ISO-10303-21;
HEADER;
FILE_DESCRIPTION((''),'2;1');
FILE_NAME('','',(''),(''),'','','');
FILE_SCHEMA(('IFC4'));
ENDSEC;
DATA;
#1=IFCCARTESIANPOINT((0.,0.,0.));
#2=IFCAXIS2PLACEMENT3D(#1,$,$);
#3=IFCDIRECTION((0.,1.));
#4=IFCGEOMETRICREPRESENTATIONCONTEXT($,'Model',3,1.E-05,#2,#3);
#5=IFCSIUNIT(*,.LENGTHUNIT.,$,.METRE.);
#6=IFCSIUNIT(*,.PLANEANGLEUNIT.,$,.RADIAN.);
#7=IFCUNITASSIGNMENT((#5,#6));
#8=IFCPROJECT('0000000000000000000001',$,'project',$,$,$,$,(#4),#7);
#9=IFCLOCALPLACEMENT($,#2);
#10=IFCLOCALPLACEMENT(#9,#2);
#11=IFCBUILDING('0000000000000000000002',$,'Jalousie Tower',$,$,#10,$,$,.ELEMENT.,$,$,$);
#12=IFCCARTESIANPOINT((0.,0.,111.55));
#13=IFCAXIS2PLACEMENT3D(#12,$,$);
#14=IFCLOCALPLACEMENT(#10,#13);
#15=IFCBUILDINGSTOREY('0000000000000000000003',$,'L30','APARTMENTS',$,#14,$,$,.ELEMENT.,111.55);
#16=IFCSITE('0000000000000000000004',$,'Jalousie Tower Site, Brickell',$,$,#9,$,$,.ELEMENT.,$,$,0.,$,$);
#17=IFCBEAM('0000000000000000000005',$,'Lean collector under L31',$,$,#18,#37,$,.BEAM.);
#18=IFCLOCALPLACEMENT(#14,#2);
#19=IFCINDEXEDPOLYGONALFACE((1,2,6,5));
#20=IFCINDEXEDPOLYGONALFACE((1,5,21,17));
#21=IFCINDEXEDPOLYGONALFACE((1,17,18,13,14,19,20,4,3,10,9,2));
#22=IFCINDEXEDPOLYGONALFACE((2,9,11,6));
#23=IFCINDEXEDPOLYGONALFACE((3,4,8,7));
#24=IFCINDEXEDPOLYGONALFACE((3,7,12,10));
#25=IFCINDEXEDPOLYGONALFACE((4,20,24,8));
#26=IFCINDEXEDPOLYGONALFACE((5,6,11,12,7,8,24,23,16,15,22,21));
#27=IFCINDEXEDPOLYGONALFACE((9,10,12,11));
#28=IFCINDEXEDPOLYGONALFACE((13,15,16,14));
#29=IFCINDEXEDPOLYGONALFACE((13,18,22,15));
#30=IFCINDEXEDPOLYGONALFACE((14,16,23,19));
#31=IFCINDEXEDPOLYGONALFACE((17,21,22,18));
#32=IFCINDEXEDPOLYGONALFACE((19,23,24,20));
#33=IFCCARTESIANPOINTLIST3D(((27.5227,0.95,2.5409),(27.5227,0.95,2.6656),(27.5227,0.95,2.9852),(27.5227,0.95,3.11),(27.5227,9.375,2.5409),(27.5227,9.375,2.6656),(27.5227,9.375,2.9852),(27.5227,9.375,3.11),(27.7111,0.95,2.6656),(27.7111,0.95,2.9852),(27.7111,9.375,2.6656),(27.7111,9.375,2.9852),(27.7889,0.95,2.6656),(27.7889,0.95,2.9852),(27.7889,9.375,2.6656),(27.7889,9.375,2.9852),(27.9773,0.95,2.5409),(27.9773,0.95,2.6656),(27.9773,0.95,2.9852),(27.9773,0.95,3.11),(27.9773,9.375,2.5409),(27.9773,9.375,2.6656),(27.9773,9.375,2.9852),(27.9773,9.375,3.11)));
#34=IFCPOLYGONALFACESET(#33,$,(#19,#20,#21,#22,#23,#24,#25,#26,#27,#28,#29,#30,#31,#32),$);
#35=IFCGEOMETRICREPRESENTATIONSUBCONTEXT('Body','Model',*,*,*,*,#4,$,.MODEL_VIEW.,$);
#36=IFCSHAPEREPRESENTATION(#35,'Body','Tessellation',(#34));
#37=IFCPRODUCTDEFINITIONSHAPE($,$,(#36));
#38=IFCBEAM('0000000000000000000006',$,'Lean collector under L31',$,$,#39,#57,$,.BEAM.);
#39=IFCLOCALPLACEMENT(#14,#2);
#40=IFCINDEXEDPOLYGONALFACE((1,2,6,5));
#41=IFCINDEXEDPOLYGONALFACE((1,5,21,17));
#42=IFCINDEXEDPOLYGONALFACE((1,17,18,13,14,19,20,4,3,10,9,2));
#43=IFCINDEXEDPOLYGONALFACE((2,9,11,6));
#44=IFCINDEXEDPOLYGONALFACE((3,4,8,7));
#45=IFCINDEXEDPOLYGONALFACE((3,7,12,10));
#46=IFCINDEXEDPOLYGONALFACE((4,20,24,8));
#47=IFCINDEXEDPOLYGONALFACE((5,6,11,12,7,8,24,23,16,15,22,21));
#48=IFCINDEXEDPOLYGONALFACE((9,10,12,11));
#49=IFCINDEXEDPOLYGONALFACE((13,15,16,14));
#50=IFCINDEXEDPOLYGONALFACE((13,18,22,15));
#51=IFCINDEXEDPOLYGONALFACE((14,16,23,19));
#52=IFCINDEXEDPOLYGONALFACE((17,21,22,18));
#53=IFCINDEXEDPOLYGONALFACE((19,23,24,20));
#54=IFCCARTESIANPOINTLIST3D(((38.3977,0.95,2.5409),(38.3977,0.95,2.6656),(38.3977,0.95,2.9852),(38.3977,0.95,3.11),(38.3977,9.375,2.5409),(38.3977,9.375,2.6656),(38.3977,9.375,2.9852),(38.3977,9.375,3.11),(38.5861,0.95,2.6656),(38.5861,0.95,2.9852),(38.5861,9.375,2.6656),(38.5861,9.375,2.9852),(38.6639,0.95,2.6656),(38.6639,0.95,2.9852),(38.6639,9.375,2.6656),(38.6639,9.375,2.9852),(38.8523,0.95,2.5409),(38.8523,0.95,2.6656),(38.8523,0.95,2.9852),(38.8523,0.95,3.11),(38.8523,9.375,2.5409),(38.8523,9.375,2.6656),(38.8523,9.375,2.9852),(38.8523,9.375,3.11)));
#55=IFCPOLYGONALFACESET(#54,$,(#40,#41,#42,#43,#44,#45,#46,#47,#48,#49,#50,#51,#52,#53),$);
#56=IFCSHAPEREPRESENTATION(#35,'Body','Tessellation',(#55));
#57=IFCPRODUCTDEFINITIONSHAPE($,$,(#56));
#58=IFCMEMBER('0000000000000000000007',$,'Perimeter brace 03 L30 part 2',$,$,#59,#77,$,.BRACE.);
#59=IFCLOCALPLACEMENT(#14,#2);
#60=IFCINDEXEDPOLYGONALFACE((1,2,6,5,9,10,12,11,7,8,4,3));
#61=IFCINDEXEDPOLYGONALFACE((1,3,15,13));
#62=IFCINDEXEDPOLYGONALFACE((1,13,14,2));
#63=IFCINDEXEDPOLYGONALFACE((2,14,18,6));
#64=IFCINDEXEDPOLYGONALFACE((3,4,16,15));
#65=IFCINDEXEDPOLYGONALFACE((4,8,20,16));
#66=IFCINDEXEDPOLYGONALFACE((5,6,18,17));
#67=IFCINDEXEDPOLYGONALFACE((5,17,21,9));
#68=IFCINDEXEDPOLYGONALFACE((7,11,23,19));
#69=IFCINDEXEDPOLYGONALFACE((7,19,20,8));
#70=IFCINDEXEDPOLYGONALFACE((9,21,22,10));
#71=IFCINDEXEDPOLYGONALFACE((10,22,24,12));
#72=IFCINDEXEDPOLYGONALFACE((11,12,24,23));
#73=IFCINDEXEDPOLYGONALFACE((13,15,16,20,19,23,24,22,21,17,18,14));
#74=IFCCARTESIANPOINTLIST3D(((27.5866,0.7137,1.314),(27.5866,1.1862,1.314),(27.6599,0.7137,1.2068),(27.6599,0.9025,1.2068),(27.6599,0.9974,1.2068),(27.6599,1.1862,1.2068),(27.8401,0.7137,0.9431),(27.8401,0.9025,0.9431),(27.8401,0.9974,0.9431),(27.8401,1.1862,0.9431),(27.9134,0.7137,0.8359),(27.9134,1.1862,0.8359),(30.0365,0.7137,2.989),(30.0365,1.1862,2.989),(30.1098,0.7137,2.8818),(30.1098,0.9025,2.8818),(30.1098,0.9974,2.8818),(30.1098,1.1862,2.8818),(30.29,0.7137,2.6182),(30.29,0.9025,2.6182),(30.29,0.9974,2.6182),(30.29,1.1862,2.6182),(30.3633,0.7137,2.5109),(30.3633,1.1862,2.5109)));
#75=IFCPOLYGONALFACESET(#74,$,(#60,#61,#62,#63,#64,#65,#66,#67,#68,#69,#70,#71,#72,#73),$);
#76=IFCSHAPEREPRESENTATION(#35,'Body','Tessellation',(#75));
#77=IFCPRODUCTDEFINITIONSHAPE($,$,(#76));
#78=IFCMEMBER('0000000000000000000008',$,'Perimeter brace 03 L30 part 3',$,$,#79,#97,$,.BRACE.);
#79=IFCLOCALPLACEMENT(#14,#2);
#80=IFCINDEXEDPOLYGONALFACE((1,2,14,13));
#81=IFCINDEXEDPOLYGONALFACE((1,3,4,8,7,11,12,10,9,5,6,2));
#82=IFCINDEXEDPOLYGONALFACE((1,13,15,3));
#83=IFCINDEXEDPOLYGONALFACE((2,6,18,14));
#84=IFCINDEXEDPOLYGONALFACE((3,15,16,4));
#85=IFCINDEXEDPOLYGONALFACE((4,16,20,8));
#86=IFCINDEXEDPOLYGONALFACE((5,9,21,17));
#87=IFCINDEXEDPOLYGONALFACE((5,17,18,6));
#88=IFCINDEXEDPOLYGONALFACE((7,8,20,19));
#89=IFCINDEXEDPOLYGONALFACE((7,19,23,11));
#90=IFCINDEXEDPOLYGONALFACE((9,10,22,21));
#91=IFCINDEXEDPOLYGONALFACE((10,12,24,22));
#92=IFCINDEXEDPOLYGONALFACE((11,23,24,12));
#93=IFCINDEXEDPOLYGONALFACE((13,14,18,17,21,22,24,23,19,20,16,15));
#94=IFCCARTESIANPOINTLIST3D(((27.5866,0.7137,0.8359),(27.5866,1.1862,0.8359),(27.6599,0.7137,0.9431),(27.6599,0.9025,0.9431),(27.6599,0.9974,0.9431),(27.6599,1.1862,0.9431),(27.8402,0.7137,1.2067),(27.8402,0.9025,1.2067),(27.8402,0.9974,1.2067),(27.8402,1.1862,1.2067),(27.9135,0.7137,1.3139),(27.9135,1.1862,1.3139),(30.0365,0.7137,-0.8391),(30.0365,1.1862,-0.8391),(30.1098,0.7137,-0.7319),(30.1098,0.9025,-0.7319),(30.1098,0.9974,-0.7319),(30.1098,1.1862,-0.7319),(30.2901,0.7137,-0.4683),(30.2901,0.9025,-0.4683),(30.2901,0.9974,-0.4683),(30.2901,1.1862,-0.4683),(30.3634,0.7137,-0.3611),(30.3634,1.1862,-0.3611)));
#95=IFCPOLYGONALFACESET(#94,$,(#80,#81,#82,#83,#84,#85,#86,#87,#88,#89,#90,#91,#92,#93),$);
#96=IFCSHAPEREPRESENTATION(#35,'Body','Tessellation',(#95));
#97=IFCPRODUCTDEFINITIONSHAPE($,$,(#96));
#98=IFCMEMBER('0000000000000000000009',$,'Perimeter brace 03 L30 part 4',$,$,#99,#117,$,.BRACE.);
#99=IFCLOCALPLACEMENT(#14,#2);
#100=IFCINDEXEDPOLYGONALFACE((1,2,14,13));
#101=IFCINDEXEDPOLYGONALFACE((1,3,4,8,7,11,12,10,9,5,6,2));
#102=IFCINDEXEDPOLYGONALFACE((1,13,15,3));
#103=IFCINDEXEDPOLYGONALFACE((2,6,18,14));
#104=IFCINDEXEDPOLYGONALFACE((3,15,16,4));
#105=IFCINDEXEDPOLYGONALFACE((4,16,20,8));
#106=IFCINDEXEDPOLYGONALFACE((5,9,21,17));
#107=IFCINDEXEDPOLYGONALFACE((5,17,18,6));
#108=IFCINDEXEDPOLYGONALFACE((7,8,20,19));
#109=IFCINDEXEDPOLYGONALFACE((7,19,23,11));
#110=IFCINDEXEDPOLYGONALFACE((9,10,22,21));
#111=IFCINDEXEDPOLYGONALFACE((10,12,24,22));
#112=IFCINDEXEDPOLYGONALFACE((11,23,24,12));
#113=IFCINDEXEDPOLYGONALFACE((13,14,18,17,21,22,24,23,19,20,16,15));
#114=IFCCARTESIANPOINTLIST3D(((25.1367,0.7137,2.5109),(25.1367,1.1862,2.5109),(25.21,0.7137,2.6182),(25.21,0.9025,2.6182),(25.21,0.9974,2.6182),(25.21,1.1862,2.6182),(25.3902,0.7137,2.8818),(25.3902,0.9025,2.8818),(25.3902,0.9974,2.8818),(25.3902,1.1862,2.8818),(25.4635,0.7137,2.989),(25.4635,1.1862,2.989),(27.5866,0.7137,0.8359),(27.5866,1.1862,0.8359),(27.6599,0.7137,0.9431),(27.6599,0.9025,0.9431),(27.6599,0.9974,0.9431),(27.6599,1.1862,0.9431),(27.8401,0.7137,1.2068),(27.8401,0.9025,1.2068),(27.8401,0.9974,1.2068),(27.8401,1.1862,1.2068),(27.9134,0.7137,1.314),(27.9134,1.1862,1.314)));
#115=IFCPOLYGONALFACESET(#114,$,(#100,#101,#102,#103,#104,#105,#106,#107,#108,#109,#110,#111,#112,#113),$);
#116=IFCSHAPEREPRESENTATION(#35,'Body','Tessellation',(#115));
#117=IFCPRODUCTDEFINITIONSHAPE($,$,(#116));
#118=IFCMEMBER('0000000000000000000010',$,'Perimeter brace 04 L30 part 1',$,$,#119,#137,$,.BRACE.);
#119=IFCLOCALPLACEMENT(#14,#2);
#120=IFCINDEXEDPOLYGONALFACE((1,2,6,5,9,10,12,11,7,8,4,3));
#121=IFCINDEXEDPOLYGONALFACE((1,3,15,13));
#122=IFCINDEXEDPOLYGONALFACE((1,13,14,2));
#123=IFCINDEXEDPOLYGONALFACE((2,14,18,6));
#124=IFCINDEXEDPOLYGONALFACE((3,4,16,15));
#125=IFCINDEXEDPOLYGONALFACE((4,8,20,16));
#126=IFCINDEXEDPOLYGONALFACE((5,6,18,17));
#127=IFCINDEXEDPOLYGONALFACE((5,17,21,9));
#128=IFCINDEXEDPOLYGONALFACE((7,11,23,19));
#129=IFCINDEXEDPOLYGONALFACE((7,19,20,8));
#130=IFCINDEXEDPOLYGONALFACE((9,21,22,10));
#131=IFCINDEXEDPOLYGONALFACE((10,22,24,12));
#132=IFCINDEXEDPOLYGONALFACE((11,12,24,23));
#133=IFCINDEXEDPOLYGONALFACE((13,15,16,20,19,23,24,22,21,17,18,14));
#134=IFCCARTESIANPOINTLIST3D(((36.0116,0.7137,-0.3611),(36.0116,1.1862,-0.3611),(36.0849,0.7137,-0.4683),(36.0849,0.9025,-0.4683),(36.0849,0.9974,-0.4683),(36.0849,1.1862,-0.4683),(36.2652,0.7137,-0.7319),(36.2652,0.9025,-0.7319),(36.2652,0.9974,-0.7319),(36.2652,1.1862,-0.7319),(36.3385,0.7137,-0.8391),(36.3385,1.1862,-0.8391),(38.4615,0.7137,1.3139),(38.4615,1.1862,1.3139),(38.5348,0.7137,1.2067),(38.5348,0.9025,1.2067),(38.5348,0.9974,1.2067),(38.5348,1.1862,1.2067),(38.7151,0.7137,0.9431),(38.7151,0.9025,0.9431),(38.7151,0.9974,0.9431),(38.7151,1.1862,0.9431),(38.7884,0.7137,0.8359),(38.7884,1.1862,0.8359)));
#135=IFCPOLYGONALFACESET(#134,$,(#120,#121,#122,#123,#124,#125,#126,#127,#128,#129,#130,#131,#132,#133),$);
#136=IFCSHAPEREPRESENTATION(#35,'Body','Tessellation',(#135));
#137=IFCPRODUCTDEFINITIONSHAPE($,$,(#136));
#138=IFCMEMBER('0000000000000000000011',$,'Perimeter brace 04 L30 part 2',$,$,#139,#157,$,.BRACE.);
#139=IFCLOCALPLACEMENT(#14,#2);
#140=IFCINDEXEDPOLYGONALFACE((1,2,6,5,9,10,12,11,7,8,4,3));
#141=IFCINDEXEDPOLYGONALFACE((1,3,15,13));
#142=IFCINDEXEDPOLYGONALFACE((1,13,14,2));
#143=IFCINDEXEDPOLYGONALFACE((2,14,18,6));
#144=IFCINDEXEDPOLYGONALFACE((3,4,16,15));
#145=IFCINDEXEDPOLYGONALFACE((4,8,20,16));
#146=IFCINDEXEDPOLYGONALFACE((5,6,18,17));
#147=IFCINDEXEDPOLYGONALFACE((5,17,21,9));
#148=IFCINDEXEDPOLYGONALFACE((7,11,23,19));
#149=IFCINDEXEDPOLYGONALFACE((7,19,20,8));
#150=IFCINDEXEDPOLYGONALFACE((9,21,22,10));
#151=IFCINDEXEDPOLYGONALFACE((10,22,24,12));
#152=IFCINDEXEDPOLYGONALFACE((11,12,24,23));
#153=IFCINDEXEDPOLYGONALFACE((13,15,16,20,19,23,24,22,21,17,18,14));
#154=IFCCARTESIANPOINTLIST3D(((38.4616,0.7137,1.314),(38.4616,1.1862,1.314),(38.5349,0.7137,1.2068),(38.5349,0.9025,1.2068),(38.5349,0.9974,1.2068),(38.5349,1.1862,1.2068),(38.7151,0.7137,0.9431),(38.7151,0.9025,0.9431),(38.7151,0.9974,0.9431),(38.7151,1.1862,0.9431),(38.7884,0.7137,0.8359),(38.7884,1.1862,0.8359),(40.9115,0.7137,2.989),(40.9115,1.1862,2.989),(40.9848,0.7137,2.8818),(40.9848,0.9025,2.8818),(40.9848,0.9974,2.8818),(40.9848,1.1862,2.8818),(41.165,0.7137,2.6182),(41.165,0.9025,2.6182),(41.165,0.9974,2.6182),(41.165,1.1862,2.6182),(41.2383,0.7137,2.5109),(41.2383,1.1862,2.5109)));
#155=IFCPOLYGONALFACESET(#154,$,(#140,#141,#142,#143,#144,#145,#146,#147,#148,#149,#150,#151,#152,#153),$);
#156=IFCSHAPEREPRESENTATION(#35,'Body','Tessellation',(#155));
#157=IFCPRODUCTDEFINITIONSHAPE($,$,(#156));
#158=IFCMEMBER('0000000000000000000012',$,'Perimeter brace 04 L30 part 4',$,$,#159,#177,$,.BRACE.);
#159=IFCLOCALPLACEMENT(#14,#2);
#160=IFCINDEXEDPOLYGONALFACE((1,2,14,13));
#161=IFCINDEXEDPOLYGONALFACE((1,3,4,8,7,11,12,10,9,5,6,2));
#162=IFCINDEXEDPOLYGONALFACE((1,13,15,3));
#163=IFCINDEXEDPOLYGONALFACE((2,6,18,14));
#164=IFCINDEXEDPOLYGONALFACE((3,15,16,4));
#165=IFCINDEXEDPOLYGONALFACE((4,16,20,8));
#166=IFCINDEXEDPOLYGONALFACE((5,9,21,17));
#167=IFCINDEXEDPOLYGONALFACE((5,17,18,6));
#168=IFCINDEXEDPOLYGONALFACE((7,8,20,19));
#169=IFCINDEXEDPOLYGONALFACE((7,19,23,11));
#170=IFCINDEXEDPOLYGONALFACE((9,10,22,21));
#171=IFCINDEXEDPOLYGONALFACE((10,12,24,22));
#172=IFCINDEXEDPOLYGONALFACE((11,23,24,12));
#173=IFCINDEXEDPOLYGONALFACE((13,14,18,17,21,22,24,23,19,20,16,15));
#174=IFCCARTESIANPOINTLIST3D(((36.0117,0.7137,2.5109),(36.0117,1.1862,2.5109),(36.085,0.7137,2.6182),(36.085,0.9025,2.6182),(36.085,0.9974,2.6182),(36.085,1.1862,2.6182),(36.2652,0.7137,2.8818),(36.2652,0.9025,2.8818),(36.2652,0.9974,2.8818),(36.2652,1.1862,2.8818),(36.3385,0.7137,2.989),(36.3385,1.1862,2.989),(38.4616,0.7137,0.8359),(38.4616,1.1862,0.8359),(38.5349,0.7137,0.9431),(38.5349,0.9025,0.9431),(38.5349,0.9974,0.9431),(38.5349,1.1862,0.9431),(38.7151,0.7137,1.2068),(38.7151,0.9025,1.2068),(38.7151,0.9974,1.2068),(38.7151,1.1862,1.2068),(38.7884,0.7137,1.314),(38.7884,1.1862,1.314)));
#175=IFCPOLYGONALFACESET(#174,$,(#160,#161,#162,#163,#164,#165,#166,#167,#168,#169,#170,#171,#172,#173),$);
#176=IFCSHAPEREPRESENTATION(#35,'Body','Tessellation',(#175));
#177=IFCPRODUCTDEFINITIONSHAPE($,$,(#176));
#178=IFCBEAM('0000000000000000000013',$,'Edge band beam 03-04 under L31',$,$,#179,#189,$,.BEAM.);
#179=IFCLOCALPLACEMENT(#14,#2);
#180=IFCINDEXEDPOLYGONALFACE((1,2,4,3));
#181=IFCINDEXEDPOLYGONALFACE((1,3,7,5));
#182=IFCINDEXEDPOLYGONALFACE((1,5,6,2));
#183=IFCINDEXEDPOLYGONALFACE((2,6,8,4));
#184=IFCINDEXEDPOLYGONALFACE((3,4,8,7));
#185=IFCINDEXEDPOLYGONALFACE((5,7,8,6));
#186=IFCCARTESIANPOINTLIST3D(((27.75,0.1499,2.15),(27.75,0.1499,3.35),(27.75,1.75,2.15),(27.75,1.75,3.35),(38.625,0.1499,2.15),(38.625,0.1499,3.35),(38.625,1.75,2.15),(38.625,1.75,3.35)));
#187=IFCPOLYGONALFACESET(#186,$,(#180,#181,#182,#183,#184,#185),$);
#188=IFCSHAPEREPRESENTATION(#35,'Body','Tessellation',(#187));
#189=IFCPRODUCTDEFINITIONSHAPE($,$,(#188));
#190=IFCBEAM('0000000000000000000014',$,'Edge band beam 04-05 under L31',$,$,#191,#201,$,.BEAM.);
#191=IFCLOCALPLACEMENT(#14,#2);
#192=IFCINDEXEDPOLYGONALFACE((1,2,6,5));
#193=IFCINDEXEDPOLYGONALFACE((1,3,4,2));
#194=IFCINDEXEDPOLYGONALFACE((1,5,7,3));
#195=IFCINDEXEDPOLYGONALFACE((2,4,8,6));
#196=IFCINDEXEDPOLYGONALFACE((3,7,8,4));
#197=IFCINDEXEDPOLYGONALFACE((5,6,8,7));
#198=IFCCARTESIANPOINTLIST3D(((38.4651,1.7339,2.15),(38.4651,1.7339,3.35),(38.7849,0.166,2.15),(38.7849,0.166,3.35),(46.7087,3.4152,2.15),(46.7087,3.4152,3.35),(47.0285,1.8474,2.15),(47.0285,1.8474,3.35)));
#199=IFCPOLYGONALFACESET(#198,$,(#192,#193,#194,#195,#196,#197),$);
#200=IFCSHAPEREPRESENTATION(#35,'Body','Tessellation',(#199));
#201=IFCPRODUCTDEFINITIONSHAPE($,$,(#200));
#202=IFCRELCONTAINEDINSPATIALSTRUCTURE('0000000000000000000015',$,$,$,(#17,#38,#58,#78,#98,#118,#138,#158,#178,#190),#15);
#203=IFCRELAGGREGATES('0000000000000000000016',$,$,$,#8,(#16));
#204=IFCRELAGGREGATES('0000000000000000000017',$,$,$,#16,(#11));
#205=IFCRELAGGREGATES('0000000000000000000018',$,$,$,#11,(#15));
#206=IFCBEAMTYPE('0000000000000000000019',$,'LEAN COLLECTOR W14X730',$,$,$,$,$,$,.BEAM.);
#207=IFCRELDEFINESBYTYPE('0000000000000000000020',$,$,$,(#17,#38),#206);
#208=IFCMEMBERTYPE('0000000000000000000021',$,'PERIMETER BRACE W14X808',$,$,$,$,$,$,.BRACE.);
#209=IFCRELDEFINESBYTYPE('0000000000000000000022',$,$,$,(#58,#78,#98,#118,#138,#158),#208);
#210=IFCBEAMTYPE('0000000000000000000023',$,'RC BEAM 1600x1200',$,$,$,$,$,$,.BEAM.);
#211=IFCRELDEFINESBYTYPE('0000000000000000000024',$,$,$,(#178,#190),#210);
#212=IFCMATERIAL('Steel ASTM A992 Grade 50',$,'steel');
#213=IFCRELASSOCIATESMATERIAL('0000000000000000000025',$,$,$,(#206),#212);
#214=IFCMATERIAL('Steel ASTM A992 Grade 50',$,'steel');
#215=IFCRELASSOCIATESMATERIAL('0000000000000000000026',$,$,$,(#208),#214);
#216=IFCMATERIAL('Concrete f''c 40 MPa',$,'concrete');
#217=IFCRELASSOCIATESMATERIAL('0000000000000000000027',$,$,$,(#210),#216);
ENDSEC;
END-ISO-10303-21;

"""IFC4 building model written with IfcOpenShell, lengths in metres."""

from ifc_helpers import new_model, si_unit, direction, frame, origin, origin_2d, place, context, subcontext, project, spatial, rectangle, i_section, extrude, material, material_profile, profile_set, type_object, element, save


model = new_model("IFC4")

# Units and contexts
model_context = context("Model", 3, precision=1e-05, world=origin(), true_north=direction((0.0, 1.0)))
body_context = subcontext(model_context, "Body", "Model", "MODEL_VIEW")
ifc_project = project(units=[si_unit("LENGTHUNIT", "METRE"), si_unit("PLANEANGLEUNIT", "RADIAN")], contexts=[model_context])

# Site, building, storey
site_placement = place(None, origin())
site = spatial("IfcSite", under=ifc_project, at=site_placement, Name="Jalousie Tower Site, Brickell", CompositionType="ELEMENT", RefElevation=0.0)
building_placement = place(site_placement, origin())
building = spatial("IfcBuilding", under=site, at=building_placement, Name="Jalousie Tower", CompositionType="ELEMENT")
storey_placement = place(building_placement, frame((0.0, 0.0, 111.55)))
storey = spatial("IfcBuildingStorey", under=building, at=storey_placement, Name="L30", Description="APARTMENTS", CompositionType="ELEMENT", Elevation=111.55)

# Beams
ifc_material_1 = material(Name="Steel ASTM A992 Grade 50", Category="steel")
ifc_material_profile_1 = material_profile(ifc_material_1, i_section(OverallWidth=0.4546, OverallDepth=0.5691, WebThickness=0.0779, FlangeThickness=0.1248, at=origin_2d()), Name="W14X730")
ifc_profile_set_1 = profile_set([ifc_material_profile_1], Name="Steel ASTM A992 Grade 50")
beam_type_1 = type_object("IfcBeamType", Name="LEAN COLLECTOR W14X730", PredefinedType="BEAM", material=ifc_profile_set_1)
for number, where, z_axis, x_axis, name in (
    (1, (27.75, 0.95, 2.8254), (0.0, 1.0, 0.0), (-1.0, 0.0, 0.0), "Lean collector under L31"),
    (2, (38.625, 0.95, 2.8254), (0.0, 1.0, 0.0), (-1.0, 0.0, 0.0), "Lean collector under L31"),
):
    element("IfcBeam", number, at=place(storey_placement, frame(where, z_axis=z_axis, x_axis=x_axis)), inside=storey, type_object=beam_type_1, Name=name, PredefinedType="BEAM", context=body_context, shape_type="SweptSolid", body=[
        extrude(i_section(OverallWidth=0.4546, OverallDepth=0.5691, WebThickness=0.0779, FlangeThickness=0.1248, at=origin_2d()), origin(), (0.0, 0.0, 1.0), 8.425),
    ])

# Members
ifc_material_2 = material(Name="Steel ASTM A992 Grade 50", Category="steel")
ifc_material_profile_2 = material_profile(ifc_material_2, i_section(OverallWidth=0.4724, OverallDepth=0.5791, WebThickness=0.095, FlangeThickness=0.1299, at=origin_2d()), Name="W14X808")
ifc_profile_set_2 = profile_set([ifc_material_profile_2], Name="Steel ASTM A992 Grade 50")
member_type_1 = type_object("IfcMemberType", Name="PERIMETER BRACE W14X808", PredefinedType="BRACE", material=ifc_profile_set_2)
for number, where, z_axis, x_axis, name in (
    (3, (27.75, 0.95, 1.075), (0.825501, 0.0, 0.564401), (0.0, 1.0, 0.0), "Perimeter brace 03 L30 part 2"),
    (4, (30.2, 0.95, -0.6001), (-0.825501, 0.0, 0.564401), (0.0, -1.0, 0.0), "Perimeter brace 03 L30 part 3"),
    (5, (27.75, 0.95, 1.075), (-0.825501, 0.0, 0.564401), (0.0, -1.0, 0.0), "Perimeter brace 03 L30 part 4"),
    (6, (36.175, 0.95, -0.6001), (0.825501, 0.0, 0.564401), (0.0, 1.0, 0.0), "Perimeter brace 04 L30 part 1"),
    (7, (38.625, 0.95, 1.075), (0.825501, 0.0, 0.564401), (0.0, 1.0, 0.0), "Perimeter brace 04 L30 part 2"),
    (8, (38.625, 0.95, 1.075), (-0.825501, 0.0, 0.564401), (0.0, -1.0, 0.0), "Perimeter brace 04 L30 part 4"),
):
    element("IfcMember", number, at=place(storey_placement, frame(where, z_axis=z_axis, x_axis=x_axis)), inside=storey, type_object=member_type_1, Name=name, PredefinedType="BRACE", context=body_context, shape_type="SweptSolid", body=[
        extrude(i_section(OverallWidth=0.4724, OverallDepth=0.5791, WebThickness=0.095, FlangeThickness=0.1299, at=origin_2d()), origin(), (0.0, 0.0, 1.0), 2.9678),
    ])

# Beams
ifc_material_3 = material(Name="Concrete f'c 40 MPa", Category="concrete")
ifc_material_profile_3 = material_profile(ifc_material_3, rectangle(XDim=1.6001, YDim=1.2, at=origin_2d()), Name="RC 1600x1200")
ifc_profile_set_3 = profile_set([ifc_material_profile_3], Name="Concrete f'c 40 MPa")
beam_type_2 = type_object("IfcBeamType", Name="RC BEAM 1600x1200", PredefinedType="BEAM", material=ifc_profile_set_3)
beam_1_placement = place(storey_placement, frame((27.75, 0.95, 2.75), z_axis=(1.0, 0.0, 0.0), x_axis=(0.0, 1.0, 0.0)))
element("IfcBeam", 9, at=beam_1_placement, inside=storey, type_object=beam_type_2, Name="Edge band beam 03-04 under L31", PredefinedType="BEAM", context=body_context, shape_type="SweptSolid", body=[
    extrude(rectangle(XDim=1.6001, YDim=1.2, at=origin_2d()), origin(), (0.0, 0.0, 1.0), 10.875),
])
beam_2_placement = place(storey_placement, frame((38.625, 0.95, 2.75), z_axis=(0.979827, 0.199848, 0.0), x_axis=(-0.199848, 0.979827, 0.0)))
element("IfcBeam", 10, at=beam_2_placement, inside=storey, type_object=beam_type_2, Name="Edge band beam 04-05 under L31", PredefinedType="BEAM", context=body_context, shape_type="SweptSolid", body=[
    extrude(rectangle(XDim=1.6001, YDim=1.2, at=origin_2d()), origin(), (0.0, 0.0, 1.0), 8.4133),
])

save(model, "model.ifc")
